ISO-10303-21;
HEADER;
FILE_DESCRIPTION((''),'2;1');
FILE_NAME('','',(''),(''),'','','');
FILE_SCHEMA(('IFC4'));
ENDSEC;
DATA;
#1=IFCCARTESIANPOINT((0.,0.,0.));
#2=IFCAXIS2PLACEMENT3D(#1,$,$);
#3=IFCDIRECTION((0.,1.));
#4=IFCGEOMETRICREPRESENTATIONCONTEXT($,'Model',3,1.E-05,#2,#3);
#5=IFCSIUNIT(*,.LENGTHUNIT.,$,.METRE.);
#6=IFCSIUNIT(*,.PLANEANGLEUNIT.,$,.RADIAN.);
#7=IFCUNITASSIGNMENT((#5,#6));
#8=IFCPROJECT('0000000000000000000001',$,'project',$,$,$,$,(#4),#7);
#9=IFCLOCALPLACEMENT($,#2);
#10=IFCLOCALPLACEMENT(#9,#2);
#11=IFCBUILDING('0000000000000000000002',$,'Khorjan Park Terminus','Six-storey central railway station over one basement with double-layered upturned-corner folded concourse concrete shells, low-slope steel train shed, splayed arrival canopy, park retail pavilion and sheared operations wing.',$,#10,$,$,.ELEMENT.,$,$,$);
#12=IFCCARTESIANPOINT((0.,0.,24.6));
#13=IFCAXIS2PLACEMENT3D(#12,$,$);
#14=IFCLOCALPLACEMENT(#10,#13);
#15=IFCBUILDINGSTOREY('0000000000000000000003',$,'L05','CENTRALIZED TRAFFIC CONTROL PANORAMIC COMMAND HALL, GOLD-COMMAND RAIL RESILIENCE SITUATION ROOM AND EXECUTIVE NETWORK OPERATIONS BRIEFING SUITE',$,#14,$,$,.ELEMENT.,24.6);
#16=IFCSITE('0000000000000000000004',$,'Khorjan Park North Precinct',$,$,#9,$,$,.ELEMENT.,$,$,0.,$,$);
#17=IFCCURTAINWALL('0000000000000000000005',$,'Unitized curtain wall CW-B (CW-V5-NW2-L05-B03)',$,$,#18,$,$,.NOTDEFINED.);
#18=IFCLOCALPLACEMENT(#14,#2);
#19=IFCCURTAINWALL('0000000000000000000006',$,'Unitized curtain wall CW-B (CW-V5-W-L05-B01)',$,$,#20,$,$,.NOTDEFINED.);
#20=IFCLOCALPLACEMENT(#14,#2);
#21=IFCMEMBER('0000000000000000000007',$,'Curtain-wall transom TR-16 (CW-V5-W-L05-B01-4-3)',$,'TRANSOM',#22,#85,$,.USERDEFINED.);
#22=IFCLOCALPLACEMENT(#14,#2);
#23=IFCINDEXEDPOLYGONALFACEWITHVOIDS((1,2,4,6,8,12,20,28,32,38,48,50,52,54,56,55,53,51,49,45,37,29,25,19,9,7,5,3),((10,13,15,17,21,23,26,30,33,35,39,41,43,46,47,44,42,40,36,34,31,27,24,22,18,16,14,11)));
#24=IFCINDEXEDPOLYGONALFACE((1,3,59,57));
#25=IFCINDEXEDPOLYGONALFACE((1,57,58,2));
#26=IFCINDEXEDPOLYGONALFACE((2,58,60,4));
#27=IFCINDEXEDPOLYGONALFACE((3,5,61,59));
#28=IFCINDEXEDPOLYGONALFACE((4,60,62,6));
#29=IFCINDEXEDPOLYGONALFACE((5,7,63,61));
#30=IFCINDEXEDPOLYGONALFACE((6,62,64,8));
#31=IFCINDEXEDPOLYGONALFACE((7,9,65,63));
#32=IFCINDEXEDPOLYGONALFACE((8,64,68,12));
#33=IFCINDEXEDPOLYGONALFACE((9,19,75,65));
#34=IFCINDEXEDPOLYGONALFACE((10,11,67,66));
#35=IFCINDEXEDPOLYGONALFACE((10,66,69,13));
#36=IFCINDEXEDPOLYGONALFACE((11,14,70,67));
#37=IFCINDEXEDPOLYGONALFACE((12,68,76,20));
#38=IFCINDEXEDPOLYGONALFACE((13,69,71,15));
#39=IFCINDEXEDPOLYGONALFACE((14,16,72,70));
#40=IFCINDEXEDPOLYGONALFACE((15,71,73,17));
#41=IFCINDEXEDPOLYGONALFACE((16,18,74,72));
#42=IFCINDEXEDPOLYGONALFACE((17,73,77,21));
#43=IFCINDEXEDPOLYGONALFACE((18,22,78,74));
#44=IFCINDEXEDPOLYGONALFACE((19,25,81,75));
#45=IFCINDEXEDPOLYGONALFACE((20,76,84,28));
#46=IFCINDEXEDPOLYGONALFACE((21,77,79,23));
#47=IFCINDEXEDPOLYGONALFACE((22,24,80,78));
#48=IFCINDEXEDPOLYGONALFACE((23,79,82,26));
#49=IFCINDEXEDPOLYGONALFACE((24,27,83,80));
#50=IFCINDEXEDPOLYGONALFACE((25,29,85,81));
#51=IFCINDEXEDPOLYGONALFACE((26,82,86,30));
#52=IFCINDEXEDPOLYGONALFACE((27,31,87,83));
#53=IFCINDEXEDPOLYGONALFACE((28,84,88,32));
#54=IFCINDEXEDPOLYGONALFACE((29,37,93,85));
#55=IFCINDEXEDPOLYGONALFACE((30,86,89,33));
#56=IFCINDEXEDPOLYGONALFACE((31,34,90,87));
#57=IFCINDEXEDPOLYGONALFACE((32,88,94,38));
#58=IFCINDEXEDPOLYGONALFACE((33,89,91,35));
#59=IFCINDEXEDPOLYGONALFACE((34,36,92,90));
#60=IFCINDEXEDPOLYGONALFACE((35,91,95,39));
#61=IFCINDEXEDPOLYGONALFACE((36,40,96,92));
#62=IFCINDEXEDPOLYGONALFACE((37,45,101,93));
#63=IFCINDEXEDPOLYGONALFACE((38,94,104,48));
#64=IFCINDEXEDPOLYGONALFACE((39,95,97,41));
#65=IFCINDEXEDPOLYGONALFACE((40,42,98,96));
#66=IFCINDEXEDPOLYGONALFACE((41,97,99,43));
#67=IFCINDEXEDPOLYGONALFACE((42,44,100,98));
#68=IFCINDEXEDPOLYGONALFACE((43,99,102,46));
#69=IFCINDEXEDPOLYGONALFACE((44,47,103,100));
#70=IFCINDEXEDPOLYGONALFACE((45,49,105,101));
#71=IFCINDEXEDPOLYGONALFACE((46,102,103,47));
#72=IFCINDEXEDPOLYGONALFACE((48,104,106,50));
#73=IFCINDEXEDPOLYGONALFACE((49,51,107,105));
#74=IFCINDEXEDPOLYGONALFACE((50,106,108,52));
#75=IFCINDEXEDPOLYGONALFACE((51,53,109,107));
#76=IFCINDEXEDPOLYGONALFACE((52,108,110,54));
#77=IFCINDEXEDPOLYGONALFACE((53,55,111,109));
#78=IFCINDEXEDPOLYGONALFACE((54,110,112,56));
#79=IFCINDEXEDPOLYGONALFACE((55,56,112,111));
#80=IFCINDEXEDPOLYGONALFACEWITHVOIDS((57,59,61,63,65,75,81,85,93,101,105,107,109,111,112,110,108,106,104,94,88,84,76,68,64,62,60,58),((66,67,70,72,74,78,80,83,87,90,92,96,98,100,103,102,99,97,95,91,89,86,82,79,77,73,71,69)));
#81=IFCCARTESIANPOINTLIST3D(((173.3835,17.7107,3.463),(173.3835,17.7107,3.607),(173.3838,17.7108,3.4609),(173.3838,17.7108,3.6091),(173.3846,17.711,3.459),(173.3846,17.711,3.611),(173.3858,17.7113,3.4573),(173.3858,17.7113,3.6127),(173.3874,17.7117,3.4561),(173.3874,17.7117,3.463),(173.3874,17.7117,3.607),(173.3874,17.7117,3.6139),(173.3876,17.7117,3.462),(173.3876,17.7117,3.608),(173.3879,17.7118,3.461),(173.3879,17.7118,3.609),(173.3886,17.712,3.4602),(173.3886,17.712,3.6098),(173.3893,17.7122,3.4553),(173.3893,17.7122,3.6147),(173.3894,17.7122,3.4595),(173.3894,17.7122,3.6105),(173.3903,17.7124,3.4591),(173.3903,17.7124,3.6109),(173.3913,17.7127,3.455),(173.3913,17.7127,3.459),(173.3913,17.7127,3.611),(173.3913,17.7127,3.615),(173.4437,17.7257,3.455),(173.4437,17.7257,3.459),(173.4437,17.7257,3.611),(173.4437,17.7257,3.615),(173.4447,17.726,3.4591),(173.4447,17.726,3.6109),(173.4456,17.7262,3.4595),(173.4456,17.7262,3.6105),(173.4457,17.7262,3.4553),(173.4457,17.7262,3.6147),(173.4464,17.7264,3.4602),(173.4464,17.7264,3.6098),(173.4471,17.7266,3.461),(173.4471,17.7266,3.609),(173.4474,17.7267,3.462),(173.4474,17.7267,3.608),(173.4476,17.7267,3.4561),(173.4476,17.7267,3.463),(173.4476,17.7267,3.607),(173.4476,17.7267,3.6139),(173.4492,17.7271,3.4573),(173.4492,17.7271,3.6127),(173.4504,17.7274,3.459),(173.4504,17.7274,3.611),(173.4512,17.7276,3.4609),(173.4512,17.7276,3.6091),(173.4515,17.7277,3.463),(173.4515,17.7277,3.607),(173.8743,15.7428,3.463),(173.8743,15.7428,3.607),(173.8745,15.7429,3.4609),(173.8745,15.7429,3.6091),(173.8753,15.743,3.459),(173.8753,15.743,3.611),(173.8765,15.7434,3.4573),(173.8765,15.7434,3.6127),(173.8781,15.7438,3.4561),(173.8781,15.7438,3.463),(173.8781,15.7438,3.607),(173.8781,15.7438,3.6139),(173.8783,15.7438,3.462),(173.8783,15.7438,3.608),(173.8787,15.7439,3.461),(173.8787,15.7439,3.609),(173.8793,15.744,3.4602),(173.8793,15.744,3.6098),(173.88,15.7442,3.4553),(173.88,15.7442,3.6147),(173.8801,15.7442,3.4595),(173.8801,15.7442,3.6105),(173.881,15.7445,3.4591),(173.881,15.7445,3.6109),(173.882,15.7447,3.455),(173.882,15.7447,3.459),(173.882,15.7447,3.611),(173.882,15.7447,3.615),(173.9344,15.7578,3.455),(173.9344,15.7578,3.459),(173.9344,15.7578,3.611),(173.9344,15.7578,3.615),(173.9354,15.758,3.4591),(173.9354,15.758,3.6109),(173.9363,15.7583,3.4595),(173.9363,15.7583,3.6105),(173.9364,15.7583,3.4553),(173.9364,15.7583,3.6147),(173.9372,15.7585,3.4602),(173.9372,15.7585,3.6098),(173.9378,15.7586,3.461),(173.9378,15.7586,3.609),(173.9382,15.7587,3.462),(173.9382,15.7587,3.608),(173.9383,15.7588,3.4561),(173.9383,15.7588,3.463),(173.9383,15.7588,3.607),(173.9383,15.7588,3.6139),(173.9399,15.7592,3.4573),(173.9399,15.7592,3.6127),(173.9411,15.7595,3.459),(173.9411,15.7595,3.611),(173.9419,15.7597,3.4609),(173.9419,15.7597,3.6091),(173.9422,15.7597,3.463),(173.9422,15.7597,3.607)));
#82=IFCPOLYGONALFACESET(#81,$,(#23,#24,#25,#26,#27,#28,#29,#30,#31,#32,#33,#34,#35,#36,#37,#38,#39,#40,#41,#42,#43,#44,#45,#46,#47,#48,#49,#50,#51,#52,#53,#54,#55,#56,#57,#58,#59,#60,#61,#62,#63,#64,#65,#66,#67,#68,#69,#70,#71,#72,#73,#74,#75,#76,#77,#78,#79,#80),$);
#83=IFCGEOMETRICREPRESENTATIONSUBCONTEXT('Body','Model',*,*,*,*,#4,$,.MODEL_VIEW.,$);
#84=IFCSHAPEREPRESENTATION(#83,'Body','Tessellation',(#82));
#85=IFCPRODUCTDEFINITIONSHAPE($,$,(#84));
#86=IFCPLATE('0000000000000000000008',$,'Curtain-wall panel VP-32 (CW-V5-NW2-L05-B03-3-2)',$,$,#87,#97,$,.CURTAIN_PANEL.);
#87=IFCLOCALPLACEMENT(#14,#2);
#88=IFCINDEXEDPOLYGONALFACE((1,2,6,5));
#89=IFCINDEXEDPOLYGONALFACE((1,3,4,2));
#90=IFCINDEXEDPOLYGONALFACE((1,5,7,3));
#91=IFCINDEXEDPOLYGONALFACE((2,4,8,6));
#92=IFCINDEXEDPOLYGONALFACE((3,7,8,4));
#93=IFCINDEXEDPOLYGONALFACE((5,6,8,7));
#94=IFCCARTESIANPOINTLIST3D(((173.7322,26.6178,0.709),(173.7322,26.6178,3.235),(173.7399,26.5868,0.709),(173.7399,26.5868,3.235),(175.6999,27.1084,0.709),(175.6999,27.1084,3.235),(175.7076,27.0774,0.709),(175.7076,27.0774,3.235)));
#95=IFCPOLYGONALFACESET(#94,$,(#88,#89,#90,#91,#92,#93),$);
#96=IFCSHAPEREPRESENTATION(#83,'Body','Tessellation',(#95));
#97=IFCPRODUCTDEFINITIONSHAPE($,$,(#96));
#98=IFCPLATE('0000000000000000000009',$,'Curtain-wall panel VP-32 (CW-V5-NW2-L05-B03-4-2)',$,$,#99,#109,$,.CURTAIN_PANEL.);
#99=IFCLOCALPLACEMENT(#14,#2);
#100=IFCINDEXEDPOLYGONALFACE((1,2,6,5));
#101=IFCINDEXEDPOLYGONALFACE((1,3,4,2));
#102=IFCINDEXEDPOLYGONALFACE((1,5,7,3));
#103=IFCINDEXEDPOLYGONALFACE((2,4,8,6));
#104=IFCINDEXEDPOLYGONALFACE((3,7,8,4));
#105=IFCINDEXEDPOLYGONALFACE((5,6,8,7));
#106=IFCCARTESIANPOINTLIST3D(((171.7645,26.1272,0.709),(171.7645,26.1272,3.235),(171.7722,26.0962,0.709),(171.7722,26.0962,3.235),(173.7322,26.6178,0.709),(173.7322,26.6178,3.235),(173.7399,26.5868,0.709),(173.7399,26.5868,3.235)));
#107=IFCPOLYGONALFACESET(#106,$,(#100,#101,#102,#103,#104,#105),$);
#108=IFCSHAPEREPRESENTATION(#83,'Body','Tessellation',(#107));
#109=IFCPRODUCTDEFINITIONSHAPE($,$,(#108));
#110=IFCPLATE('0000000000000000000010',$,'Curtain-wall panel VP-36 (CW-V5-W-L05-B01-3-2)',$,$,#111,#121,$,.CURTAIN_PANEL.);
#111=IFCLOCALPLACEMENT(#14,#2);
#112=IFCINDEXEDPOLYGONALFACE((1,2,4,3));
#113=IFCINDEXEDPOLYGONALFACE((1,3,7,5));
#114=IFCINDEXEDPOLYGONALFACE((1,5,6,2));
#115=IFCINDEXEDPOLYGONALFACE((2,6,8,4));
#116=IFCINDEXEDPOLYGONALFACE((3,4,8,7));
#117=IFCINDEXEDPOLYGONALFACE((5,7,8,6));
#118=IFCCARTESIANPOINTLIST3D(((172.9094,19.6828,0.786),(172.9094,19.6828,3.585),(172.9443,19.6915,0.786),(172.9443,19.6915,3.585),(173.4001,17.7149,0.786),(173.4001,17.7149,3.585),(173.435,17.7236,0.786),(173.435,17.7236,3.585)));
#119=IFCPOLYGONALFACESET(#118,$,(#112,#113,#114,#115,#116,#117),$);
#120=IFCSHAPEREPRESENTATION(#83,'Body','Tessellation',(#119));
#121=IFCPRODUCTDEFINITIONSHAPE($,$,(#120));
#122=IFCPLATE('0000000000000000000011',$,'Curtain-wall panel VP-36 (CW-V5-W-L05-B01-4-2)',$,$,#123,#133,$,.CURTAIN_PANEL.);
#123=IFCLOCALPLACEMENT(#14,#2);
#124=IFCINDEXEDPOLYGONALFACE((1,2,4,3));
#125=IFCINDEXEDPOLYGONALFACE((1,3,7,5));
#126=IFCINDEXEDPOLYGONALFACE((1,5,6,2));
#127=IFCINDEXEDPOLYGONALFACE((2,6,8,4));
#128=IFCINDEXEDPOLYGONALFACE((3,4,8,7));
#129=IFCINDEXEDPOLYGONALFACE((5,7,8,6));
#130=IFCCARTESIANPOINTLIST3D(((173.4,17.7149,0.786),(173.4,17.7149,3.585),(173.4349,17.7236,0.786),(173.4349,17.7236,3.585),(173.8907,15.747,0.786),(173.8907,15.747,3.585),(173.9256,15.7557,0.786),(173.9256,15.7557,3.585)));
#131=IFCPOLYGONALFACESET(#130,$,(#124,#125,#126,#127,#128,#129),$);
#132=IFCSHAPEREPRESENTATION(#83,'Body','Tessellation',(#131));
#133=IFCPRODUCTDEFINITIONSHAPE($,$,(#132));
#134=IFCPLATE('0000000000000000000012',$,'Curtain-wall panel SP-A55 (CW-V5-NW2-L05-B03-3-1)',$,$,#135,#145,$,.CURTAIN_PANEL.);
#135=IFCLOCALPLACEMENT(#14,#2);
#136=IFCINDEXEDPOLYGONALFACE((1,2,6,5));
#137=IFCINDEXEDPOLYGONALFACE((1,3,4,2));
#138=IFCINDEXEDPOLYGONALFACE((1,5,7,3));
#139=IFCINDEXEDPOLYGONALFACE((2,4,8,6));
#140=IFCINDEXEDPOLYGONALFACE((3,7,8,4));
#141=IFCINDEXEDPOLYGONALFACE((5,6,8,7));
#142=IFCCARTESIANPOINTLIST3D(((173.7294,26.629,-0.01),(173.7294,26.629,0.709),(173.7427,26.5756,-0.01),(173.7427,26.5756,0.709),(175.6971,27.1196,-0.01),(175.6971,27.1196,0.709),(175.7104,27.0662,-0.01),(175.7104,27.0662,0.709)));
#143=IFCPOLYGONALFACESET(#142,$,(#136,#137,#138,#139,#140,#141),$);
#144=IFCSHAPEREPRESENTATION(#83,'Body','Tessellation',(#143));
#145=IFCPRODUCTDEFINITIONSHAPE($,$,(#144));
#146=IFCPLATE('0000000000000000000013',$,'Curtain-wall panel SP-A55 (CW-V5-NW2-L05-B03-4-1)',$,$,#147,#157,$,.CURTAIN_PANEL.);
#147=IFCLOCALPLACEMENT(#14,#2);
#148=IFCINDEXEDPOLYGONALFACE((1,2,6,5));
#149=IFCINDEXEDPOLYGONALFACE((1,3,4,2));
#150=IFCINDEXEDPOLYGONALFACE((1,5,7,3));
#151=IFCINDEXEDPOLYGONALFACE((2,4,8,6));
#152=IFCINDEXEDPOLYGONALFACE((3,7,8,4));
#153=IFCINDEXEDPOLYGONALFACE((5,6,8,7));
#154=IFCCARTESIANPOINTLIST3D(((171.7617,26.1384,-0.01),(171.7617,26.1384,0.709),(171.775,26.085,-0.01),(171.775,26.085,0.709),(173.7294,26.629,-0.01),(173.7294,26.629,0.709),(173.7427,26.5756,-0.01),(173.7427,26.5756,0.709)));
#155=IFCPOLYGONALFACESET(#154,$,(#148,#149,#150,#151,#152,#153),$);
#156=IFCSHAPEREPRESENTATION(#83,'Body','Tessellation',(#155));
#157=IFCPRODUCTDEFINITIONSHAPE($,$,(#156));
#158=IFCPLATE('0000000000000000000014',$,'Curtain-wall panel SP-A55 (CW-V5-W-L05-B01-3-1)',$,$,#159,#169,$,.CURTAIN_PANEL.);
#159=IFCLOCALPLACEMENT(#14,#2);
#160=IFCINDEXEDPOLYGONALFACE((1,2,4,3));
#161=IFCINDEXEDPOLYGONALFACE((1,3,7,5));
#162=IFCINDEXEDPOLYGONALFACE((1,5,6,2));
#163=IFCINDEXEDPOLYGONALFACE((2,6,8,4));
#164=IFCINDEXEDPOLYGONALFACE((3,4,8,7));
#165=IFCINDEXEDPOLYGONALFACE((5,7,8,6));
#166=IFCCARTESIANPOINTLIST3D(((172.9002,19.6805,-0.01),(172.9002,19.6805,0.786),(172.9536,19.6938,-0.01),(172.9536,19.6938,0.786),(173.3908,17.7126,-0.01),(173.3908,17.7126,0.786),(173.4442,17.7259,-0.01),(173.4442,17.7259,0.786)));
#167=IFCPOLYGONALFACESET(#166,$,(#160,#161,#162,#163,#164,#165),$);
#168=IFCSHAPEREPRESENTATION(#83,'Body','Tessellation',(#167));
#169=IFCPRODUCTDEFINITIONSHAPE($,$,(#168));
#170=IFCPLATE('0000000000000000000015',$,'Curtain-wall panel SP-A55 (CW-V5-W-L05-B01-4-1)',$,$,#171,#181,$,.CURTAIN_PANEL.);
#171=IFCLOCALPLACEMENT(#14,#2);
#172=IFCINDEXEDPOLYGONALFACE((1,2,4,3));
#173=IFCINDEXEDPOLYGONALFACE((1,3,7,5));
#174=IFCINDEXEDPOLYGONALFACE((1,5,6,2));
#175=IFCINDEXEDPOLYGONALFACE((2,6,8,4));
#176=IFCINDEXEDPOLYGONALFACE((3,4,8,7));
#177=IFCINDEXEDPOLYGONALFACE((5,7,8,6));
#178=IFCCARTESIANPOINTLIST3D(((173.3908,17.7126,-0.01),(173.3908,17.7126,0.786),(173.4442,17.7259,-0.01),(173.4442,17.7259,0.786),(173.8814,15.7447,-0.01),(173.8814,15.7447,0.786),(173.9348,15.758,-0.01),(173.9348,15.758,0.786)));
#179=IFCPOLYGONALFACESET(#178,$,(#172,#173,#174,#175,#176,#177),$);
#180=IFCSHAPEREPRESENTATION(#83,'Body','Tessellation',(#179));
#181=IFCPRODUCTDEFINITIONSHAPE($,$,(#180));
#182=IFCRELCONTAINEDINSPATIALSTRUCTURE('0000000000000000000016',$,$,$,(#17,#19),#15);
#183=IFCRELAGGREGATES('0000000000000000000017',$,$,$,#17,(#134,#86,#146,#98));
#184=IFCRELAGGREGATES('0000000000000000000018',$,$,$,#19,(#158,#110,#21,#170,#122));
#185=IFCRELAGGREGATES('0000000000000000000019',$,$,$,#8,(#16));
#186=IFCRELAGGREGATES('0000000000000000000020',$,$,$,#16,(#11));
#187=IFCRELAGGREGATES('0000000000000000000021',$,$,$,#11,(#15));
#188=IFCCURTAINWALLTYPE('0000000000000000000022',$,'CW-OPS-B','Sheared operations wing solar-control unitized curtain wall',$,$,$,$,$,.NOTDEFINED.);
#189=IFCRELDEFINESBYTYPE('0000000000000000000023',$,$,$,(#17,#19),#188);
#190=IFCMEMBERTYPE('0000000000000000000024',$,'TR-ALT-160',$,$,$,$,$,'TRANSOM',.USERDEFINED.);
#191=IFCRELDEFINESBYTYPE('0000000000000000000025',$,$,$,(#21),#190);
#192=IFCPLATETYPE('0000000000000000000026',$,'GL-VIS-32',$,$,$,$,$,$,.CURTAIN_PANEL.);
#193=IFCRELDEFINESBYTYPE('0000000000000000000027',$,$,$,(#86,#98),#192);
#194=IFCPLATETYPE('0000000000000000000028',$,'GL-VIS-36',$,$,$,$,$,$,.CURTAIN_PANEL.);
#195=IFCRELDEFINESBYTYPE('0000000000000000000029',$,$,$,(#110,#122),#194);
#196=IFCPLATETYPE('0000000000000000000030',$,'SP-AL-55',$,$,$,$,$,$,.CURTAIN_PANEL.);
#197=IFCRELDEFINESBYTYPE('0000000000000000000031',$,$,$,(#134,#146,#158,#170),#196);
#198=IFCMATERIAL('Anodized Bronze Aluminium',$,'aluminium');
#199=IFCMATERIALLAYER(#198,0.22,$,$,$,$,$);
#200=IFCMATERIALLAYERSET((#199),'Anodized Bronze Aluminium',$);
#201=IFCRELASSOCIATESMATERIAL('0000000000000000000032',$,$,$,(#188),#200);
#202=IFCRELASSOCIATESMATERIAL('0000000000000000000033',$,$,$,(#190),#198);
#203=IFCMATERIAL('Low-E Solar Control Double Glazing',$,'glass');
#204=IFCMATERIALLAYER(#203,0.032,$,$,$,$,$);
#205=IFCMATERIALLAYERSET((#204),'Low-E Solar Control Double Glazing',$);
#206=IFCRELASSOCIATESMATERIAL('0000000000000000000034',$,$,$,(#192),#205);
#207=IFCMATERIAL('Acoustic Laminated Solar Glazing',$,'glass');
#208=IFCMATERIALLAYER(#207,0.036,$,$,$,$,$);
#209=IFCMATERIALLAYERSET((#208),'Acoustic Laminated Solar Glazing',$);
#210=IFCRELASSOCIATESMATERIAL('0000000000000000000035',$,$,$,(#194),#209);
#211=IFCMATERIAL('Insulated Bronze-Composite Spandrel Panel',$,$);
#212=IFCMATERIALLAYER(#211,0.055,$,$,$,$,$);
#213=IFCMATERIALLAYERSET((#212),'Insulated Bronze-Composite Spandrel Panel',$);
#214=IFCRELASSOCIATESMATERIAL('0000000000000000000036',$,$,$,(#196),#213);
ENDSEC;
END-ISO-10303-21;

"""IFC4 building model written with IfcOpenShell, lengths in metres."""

from ifc_helpers import new_model, si_unit, direction, frame, origin, origin_2d, place, context, subcontext, project, spatial, rectangle, hollow_rectangle, extrude, material, layer, layer_set, material_profile, profile_set, type_object, element, aggregate, save


model = new_model("IFC4")

# Units and contexts
model_context = context("Model", 3, precision=1e-05, world=origin(), true_north=direction((0.0, 1.0)))
body_context = subcontext(model_context, "Body", "Model", "MODEL_VIEW")
ifc_project = project(units=[si_unit("LENGTHUNIT", "METRE"), si_unit("PLANEANGLEUNIT", "RADIAN")], contexts=[model_context])

# Site, building, storey
site_placement = place(None, origin())
site = spatial("IfcSite", under=ifc_project, at=site_placement, Name="Khorjan Park North Precinct", CompositionType="ELEMENT", RefElevation=0.0)
building_placement = place(site_placement, origin())
building = spatial("IfcBuilding", under=site, at=building_placement, Name="Khorjan Park Terminus", Description="Six-storey central railway station over one basement with double-layered upturned-corner folded concourse concrete shells, low-slope steel train shed, splayed arrival canopy, park retail pavilion and sheared operations wing.", CompositionType="ELEMENT")
storey_placement = place(building_placement, frame((0.0, 0.0, 24.6)))
storey = spatial("IfcBuildingStorey", under=building, at=storey_placement, Name="L05", Description="CENTRALIZED TRAFFIC CONTROL PANORAMIC COMMAND HALL, GOLD-COMMAND RAIL RESILIENCE SITUATION ROOM AND EXECUTIVE NETWORK OPERATIONS BRIEFING SUITE", CompositionType="ELEMENT", Elevation=24.6)

# Curtain wall
ifc_material_1 = material(Name="Anodized Bronze Aluminium", Category="aluminium")
ifc_layer_1 = layer(ifc_material_1, 0.22)
ifc_layer_set_1 = layer_set([ifc_layer_1], Name="Anodized Bronze Aluminium")
curtain_wall_type = type_object("IfcCurtainWallType", Name="CW-OPS-B", Description="Sheared operations wing solar-control unitized curtain wall", PredefinedType="NOTDEFINED", material=ifc_layer_set_1)
curtain_wall_1_placement = place(storey_placement, origin())
curtain_wall_1 = element("IfcCurtainWall", 1, at=curtain_wall_1_placement, inside=storey, type_object=curtain_wall_type, Name="Unitized curtain wall CW-B (CW-V5-NW2-L05-B03)", PredefinedType="NOTDEFINED")

# Curtain wall
curtain_wall_2_placement = place(storey_placement, origin())
curtain_wall_2 = element("IfcCurtainWall", 2, at=curtain_wall_2_placement, inside=storey, type_object=curtain_wall_type, Name="Unitized curtain wall CW-B (CW-V5-W-L05-B01)", PredefinedType="NOTDEFINED")

# Member
ifc_material_profile_1 = material_profile(ifc_material_1, hollow_rectangle(XDim=0.07, YDim=0.16, WallThickness=0.004, InnerFilletRadius=0.004, OuterFilletRadius=0.008, at=origin_2d()), Name="ALT 70x160x4")
ifc_profile_set_1 = profile_set([ifc_material_profile_1], Name="Anodized Bronze Aluminium")
member_type_1 = type_object("IfcMemberType", Name="TR-ALT-160", ElementType="TRANSOM", PredefinedType="USERDEFINED", material=ifc_profile_set_1)
member_1_placement = place(storey_placement, frame((173.4175, 17.7192, 3.535), z_axis=(0.241944, -0.97029, 0.0), x_axis=(0.97029, 0.241944, 0.0)))
member_1 = element("IfcMember", 3, at=member_1_placement, type_object=member_type_1, Name="Curtain-wall transom TR-16 (CW-V5-W-L05-B01-4-3)", ObjectType="TRANSOM", PredefinedType="USERDEFINED", context=body_context, shape_type="SweptSolid", body=[
    extrude(hollow_rectangle(XDim=0.07, YDim=0.16, WallThickness=0.004, InnerFilletRadius=0.004, OuterFilletRadius=0.008, at=origin_2d()), origin(), (0.0, 0.0, 1.0), 2.0282),
])

# Plates
ifc_material_2 = material(Name="Low-E Solar Control Double Glazing", Category="glass")
ifc_layer_2 = layer(ifc_material_2, 0.032)
ifc_layer_set_2 = layer_set([ifc_layer_2], Name="Low-E Solar Control Double Glazing")
plate_type_1 = type_object("IfcPlateType", Name="GL-VIS-32", PredefinedType="CURTAIN_PANEL", material=ifc_layer_set_2)
plate_1_placement = place(storey_placement, frame((174.7199, 26.8476, 0.709), z_axis=(0.0, 0.0, 1.0), x_axis=(-0.970296, -0.241921, 0.0)))
plate_1 = element("IfcPlate", 4, at=plate_1_placement, type_object=plate_type_1, Name="Curtain-wall panel VP-32 (CW-V5-NW2-L05-B03-3-2)", PredefinedType="CURTAIN_PANEL", context=body_context, shape_type="SweptSolid", body=[
    extrude(rectangle(XDim=2.0279, YDim=0.032, at=origin_2d()), origin(), (0.0, 0.0, 1.0), 2.526),
])
plate_2_placement = place(storey_placement, frame((172.7522, 26.357, 0.709), z_axis=(0.0, 0.0, 1.0), x_axis=(-0.970296, -0.241921, 0.0)))
plate_2 = element("IfcPlate", 5, at=plate_2_placement, type_object=plate_type_1, Name="Curtain-wall panel VP-32 (CW-V5-NW2-L05-B03-4-2)", PredefinedType="CURTAIN_PANEL", context=body_context, shape_type="SweptSolid", body=[
    extrude(rectangle(XDim=2.0279, YDim=0.032, at=origin_2d()), origin(), (0.0, 0.0, 1.0), 2.526),
])
ifc_material_3 = material(Name="Acoustic Laminated Solar Glazing", Category="glass")
ifc_layer_3 = layer(ifc_material_3, 0.036)
ifc_layer_set_3 = layer_set([ifc_layer_3], Name="Acoustic Laminated Solar Glazing")
plate_type_2 = type_object("IfcPlateType", Name="GL-VIS-36", PredefinedType="CURTAIN_PANEL", material=ifc_layer_set_3)
plate_3_placement = place(storey_placement, frame((173.1722, 18.7032, 0.786), z_axis=(0.0, 0.0, 1.0), x_axis=(0.241928, -0.970294, 0.0)))
plate_3 = element("IfcPlate", 6, at=plate_3_placement, type_object=plate_type_2, Name="Curtain-wall panel VP-36 (CW-V5-W-L05-B01-3-2)", PredefinedType="CURTAIN_PANEL", context=body_context, shape_type="SweptSolid", body=[
    extrude(rectangle(XDim=2.0281, YDim=0.036, at=origin_2d()), origin(), (0.0, 0.0, 1.0), 2.799),
])
plate_4_placement = place(storey_placement, frame((173.6628, 16.7353, 0.786), z_axis=(0.0, 0.0, 1.0), x_axis=(0.241928, -0.970294, 0.0)))
plate_4 = element("IfcPlate", 7, at=plate_4_placement, type_object=plate_type_2, Name="Curtain-wall panel VP-36 (CW-V5-W-L05-B01-4-2)", PredefinedType="CURTAIN_PANEL", context=body_context, shape_type="SweptSolid", body=[
    extrude(rectangle(XDim=2.0281, YDim=0.036, at=origin_2d()), origin(), (0.0, 0.0, 1.0), 2.799),
])
ifc_material_4 = material(Name="Insulated Bronze-Composite Spandrel Panel")
ifc_layer_4 = layer(ifc_material_4, 0.055)
ifc_layer_set_4 = layer_set([ifc_layer_4], Name="Insulated Bronze-Composite Spandrel Panel")
plate_type_3 = type_object("IfcPlateType", Name="SP-AL-55", PredefinedType="CURTAIN_PANEL", material=ifc_layer_set_4)
plate_5_placement = place(storey_placement, frame((174.7199, 26.8476, -0.01), z_axis=(0.0, 0.0, 1.0), x_axis=(-0.970296, -0.241921, 0.0)))
plate_5 = element("IfcPlate", 8, at=plate_5_placement, type_object=plate_type_3, Name="Curtain-wall panel SP-A55 (CW-V5-NW2-L05-B03-3-1)", PredefinedType="CURTAIN_PANEL", context=body_context, shape_type="SweptSolid", body=[
    extrude(rectangle(XDim=2.0279, YDim=0.055, at=origin_2d()), origin(), (0.0, 0.0, 1.0), 0.719),
])
plate_6_placement = place(storey_placement, frame((172.7522, 26.357, -0.01), z_axis=(0.0, 0.0, 1.0), x_axis=(-0.970296, -0.241921, 0.0)))
plate_6 = element("IfcPlate", 9, at=plate_6_placement, type_object=plate_type_3, Name="Curtain-wall panel SP-A55 (CW-V5-NW2-L05-B03-4-1)", PredefinedType="CURTAIN_PANEL", context=body_context, shape_type="SweptSolid", body=[
    extrude(rectangle(XDim=2.0279, YDim=0.055, at=origin_2d()), origin(), (0.0, 0.0, 1.0), 0.719),
])
aggregate(curtain_wall_1, [plate_5, plate_1, plate_6, plate_2])
plate_7_placement = place(storey_placement, frame((173.1722, 18.7032, -0.01), z_axis=(0.0, 0.0, 1.0), x_axis=(0.241928, -0.970294, 0.0)))
plate_7 = element("IfcPlate", 10, at=plate_7_placement, type_object=plate_type_3, Name="Curtain-wall panel SP-A55 (CW-V5-W-L05-B01-3-1)", PredefinedType="CURTAIN_PANEL", context=body_context, shape_type="SweptSolid", body=[
    extrude(rectangle(XDim=2.0281, YDim=0.055, at=origin_2d()), origin(), (0.0, 0.0, 1.0), 0.796),
])
plate_8_placement = place(storey_placement, frame((173.6628, 16.7353, -0.01), z_axis=(0.0, 0.0, 1.0), x_axis=(0.241928, -0.970294, 0.0)))
plate_8 = element("IfcPlate", 11, at=plate_8_placement, type_object=plate_type_3, Name="Curtain-wall panel SP-A55 (CW-V5-W-L05-B01-4-1)", PredefinedType="CURTAIN_PANEL", context=body_context, shape_type="SweptSolid", body=[
    extrude(rectangle(XDim=2.0281, YDim=0.055, at=origin_2d()), origin(), (0.0, 0.0, 1.0), 0.796),
])
aggregate(curtain_wall_2, [plate_7, plate_3, member_1, plate_8, plate_4])

save(model, "model.ifc")
